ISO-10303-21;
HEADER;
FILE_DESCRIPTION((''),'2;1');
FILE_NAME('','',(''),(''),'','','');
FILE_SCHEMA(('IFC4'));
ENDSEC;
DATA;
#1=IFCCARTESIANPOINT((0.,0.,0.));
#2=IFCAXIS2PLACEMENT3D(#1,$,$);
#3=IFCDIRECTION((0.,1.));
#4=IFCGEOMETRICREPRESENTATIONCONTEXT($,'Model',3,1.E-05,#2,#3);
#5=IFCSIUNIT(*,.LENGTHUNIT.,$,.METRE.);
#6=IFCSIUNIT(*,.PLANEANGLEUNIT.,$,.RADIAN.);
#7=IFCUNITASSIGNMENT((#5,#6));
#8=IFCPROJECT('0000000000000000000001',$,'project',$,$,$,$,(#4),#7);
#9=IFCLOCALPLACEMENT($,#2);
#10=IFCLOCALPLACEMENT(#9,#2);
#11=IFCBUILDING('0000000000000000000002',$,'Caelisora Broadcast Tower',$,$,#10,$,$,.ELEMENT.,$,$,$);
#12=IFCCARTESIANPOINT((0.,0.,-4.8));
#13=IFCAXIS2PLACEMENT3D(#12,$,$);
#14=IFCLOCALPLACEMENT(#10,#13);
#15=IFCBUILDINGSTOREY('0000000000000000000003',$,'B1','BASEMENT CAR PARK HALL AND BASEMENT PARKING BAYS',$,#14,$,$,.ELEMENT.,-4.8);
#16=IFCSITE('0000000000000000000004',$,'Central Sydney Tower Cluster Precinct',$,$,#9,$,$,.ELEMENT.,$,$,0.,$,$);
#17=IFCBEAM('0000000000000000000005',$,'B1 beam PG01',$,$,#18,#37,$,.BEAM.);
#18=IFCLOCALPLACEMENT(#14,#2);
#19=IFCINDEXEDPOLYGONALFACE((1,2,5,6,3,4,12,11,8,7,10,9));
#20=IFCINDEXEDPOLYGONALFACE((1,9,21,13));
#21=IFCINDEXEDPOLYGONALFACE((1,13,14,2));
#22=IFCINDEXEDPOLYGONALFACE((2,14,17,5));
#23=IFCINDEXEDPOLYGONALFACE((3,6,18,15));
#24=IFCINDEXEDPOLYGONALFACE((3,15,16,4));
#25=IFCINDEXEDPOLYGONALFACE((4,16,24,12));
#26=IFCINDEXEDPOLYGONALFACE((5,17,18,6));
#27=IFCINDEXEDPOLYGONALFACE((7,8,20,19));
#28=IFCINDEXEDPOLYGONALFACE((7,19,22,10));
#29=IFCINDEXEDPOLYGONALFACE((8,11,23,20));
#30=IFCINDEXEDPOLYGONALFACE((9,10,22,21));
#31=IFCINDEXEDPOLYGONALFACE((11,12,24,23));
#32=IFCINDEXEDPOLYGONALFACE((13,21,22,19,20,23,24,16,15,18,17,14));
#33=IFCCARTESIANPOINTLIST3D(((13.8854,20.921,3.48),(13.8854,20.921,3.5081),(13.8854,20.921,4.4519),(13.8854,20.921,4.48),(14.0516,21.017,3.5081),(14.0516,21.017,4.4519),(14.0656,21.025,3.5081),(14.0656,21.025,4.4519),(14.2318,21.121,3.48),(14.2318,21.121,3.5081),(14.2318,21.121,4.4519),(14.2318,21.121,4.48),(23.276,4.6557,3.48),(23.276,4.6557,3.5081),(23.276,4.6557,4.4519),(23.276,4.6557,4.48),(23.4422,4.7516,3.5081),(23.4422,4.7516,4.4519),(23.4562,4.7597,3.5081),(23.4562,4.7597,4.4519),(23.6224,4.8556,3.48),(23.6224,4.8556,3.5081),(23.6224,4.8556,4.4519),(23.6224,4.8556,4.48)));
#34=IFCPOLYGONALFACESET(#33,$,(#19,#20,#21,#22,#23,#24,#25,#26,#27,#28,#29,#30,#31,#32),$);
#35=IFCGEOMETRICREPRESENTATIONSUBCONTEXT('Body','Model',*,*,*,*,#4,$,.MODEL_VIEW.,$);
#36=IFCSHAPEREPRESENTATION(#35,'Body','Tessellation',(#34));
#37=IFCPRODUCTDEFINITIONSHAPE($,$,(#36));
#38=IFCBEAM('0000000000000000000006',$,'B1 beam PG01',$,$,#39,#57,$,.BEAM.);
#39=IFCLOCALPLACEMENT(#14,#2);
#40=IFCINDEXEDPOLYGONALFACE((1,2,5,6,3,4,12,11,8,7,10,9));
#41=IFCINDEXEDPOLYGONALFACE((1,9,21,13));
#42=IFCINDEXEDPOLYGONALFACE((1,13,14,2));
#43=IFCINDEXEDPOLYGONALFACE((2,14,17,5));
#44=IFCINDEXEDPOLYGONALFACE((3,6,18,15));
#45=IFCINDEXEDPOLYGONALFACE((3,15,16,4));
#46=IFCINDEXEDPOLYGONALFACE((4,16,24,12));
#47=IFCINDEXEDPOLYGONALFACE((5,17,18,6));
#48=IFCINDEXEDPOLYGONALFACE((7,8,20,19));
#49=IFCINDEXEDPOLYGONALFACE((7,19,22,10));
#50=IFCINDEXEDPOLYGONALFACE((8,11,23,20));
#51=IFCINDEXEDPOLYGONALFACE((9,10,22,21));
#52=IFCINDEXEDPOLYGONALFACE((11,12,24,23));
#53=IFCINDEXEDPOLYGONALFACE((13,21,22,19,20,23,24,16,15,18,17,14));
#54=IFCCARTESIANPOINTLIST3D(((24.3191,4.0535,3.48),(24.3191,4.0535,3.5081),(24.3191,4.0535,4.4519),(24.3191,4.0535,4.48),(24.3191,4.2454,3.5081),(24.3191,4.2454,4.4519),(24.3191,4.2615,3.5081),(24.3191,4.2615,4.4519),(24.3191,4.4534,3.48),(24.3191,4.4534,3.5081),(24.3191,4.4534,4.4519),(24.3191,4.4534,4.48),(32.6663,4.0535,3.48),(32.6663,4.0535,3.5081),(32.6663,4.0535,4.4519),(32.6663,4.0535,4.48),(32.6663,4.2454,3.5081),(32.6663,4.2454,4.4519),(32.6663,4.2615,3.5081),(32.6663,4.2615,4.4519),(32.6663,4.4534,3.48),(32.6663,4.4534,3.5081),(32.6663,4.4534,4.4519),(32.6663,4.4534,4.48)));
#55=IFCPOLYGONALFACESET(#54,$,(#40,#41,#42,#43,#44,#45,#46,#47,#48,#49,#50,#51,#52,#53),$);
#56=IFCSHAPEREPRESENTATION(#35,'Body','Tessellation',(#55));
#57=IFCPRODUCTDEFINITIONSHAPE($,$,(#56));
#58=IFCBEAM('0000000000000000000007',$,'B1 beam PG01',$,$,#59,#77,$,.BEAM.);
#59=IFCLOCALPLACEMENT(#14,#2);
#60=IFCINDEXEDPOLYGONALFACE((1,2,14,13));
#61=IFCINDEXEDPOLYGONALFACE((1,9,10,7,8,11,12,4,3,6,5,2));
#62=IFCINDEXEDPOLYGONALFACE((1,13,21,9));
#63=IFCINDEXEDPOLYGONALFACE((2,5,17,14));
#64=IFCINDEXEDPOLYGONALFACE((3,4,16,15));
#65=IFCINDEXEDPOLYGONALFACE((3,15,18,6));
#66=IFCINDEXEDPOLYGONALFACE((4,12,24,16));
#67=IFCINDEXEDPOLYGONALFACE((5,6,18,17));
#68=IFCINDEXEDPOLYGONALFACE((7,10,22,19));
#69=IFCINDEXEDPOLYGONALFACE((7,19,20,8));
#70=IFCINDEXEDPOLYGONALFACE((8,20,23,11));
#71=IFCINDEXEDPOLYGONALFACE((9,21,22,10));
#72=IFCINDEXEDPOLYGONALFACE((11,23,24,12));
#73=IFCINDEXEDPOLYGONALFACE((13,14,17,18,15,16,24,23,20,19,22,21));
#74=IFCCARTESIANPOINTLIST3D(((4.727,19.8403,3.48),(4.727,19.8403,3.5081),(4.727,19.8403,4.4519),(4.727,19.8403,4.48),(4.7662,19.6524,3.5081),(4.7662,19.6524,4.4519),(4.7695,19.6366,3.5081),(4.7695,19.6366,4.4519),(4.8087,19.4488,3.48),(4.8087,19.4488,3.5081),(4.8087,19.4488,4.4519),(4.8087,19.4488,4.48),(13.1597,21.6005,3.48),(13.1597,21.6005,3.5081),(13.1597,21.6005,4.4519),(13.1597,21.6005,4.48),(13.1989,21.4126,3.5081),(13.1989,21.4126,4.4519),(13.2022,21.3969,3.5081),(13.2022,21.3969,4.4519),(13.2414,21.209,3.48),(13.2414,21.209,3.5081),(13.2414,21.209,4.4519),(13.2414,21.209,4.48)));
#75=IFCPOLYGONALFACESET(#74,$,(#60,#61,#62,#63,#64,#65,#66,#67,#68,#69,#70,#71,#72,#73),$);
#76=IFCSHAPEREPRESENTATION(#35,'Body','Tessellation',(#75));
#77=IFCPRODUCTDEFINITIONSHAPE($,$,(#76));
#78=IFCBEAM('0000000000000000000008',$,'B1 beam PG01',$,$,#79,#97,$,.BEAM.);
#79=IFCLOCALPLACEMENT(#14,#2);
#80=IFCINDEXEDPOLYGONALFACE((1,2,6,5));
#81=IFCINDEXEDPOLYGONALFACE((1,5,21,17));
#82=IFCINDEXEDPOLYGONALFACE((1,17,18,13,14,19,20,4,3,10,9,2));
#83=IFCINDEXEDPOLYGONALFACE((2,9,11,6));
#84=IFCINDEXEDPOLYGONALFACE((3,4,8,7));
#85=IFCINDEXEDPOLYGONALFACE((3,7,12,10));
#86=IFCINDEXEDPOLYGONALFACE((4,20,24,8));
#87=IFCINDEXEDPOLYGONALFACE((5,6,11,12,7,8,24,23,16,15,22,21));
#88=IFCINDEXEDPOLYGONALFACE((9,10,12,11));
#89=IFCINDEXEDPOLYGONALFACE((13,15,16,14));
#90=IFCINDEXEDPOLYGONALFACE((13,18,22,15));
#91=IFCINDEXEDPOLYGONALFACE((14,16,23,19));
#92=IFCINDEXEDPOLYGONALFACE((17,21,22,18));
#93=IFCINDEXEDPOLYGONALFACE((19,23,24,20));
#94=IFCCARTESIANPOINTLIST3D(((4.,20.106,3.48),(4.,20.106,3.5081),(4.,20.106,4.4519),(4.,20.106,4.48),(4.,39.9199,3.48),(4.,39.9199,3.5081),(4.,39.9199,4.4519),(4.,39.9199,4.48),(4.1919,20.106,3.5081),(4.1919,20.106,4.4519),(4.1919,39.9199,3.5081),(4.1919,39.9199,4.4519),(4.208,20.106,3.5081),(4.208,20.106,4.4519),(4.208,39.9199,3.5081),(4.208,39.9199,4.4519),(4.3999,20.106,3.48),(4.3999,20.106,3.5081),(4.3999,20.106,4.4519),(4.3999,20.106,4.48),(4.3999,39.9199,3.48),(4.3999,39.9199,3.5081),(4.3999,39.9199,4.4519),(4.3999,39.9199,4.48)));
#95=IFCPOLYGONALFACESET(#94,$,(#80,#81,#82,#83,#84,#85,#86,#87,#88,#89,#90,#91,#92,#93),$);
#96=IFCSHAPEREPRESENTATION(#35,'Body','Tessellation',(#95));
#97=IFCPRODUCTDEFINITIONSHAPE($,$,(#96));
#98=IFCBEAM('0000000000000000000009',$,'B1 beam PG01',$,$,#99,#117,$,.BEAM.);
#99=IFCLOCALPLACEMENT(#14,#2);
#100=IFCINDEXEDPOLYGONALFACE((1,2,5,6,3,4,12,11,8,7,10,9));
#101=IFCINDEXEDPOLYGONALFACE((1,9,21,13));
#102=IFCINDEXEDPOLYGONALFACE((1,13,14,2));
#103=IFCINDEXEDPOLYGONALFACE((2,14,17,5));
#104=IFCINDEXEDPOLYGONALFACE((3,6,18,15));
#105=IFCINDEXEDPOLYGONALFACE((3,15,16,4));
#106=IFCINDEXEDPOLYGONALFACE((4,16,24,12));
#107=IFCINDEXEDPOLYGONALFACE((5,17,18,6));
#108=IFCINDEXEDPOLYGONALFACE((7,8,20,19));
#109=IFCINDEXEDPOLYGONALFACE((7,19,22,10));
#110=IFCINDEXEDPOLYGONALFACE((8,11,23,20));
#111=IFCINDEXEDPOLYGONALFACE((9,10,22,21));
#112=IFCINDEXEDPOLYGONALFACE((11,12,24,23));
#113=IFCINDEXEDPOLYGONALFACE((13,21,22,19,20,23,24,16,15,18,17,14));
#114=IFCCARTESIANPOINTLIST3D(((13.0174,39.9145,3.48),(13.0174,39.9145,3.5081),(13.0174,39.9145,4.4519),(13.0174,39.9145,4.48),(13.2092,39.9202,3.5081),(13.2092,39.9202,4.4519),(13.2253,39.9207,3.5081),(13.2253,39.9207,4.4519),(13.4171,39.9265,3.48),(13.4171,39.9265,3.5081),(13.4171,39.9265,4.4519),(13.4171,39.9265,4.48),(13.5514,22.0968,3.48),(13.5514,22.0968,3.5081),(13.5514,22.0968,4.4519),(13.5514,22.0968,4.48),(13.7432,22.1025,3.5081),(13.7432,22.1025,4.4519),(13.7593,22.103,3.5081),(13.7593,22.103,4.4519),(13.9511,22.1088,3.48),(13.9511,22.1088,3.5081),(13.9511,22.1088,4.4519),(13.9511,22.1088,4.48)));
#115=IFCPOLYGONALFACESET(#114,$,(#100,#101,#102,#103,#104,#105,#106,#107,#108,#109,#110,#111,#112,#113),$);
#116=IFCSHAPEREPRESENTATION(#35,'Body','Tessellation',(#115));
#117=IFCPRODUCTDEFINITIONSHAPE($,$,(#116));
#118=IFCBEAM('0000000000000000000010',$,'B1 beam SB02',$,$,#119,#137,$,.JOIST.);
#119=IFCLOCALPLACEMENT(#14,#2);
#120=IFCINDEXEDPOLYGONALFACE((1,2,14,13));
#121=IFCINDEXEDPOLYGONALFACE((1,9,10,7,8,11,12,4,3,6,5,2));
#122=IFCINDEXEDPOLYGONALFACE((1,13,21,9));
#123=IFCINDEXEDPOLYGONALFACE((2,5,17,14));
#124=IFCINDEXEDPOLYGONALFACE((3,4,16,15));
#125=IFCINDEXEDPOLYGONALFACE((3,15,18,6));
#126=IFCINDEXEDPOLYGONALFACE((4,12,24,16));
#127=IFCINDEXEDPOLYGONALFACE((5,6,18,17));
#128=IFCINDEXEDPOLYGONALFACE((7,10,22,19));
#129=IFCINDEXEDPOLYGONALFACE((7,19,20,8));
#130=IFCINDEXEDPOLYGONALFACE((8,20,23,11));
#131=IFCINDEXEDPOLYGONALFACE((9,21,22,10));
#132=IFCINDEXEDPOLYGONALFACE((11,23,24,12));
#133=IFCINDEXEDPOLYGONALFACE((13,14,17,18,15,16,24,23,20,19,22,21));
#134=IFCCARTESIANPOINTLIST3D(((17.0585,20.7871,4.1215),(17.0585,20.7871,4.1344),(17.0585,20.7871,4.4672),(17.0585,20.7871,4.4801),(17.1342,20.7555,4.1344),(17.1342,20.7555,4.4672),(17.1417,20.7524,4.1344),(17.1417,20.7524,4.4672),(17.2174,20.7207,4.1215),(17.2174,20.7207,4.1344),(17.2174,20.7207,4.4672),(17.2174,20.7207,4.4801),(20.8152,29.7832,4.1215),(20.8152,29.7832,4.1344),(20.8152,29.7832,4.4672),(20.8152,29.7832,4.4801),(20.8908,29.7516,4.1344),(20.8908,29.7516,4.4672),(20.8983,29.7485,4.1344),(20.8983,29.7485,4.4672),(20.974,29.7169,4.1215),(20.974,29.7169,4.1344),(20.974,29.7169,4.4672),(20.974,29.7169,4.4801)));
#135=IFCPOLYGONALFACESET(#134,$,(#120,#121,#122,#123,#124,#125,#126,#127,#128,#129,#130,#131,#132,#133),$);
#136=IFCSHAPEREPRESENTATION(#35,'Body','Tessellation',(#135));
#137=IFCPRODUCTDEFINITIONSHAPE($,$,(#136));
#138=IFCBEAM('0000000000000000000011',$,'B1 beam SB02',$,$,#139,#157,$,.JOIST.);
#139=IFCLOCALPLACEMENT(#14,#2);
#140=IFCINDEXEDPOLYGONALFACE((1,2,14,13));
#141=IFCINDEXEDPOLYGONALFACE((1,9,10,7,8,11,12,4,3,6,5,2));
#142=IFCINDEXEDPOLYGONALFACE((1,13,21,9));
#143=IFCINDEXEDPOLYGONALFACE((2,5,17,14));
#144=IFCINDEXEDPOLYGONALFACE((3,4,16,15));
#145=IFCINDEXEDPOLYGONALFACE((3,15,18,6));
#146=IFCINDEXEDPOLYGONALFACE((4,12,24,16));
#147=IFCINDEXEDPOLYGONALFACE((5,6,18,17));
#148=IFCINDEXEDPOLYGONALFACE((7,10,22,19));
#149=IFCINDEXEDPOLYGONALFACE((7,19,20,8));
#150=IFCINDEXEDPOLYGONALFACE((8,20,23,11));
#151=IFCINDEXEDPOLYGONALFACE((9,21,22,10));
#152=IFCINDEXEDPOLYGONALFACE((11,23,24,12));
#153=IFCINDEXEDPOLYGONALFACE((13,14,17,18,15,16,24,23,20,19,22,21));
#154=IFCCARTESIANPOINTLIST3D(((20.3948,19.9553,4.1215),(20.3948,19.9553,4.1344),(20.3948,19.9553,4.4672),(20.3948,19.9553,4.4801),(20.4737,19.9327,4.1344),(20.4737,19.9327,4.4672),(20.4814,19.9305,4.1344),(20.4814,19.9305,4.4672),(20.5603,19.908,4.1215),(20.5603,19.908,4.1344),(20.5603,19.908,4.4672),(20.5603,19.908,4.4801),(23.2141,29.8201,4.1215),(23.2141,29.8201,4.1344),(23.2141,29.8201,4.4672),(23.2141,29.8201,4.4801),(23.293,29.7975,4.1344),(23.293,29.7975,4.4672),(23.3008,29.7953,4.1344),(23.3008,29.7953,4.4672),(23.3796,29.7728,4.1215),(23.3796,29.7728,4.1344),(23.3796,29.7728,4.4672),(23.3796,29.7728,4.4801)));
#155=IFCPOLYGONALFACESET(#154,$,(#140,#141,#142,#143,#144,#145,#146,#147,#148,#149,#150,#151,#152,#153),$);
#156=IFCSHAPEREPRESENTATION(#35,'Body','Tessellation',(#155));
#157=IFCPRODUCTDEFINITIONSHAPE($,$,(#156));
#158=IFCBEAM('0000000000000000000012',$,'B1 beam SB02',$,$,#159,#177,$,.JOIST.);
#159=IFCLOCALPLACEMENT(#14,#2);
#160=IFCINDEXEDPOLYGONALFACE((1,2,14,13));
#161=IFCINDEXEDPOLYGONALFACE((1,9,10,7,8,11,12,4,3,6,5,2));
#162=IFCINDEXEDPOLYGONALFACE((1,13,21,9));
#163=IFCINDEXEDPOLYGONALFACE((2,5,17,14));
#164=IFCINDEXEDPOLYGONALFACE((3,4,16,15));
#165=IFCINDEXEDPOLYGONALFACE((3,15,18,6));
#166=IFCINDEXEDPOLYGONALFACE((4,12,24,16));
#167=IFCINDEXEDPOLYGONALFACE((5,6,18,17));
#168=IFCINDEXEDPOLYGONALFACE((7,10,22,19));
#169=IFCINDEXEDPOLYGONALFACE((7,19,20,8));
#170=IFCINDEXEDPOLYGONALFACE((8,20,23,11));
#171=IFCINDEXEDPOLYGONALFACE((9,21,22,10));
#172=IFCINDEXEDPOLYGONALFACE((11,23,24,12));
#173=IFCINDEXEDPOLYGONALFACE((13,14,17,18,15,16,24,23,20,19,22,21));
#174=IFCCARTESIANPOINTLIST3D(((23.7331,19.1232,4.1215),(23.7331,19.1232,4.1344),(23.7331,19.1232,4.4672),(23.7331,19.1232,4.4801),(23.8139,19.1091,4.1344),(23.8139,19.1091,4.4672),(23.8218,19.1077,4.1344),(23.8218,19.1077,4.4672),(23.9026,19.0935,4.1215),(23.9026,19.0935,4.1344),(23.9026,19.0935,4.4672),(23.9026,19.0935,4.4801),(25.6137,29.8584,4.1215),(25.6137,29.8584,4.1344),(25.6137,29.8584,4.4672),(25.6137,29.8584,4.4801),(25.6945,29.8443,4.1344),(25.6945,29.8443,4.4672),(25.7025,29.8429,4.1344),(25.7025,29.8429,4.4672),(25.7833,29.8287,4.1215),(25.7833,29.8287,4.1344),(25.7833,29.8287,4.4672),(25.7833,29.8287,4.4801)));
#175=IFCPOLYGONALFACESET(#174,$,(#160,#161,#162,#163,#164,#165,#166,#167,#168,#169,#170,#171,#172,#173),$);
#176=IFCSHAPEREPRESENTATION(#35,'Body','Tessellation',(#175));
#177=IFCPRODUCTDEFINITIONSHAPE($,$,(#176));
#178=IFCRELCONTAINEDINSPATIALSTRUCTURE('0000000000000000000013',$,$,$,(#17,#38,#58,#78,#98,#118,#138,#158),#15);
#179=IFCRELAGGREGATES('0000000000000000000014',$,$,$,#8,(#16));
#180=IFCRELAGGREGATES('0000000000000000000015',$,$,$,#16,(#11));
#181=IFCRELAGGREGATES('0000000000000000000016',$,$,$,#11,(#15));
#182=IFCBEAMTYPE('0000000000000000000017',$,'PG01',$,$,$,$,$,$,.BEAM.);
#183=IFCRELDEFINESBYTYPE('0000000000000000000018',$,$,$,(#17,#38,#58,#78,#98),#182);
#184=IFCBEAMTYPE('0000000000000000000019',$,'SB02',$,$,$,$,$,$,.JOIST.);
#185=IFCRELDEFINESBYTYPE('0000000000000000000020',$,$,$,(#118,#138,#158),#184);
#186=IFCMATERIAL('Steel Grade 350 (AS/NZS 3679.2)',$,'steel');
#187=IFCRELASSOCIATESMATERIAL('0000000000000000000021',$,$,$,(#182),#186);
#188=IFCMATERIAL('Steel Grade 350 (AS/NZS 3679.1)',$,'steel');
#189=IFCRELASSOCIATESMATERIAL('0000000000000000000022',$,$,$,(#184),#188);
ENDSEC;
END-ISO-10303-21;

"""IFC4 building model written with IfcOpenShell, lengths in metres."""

from ifc_helpers import new_model, si_unit, direction, frame, origin, origin_2d, place, context, subcontext, project, spatial, i_section, extrude, source, transform, mapped, material, material_profile, profile_set, type_object, type_shapes, element, save


model = new_model("IFC4")

# Units and contexts
model_context = context("Model", 3, precision=1e-05, world=origin(), true_north=direction((0.0, 1.0)))
body_context = subcontext(model_context, "Body", "Model", "MODEL_VIEW")
ifc_project = project(units=[si_unit("LENGTHUNIT", "METRE"), si_unit("PLANEANGLEUNIT", "RADIAN")], contexts=[model_context])

# Site, building, storey
site_placement = place(None, origin())
site = spatial("IfcSite", under=ifc_project, at=site_placement, Name="Central Sydney Tower Cluster Precinct", CompositionType="ELEMENT", RefElevation=0.0)
building_placement = place(site_placement, origin())
building = spatial("IfcBuilding", under=site, at=building_placement, Name="Caelisora Broadcast Tower", CompositionType="ELEMENT")
storey_placement = place(building_placement, frame((0.0, 0.0, -4.8)))
storey = spatial("IfcBuildingStorey", under=building, at=storey_placement, Name="B1", Description="BASEMENT CAR PARK HALL AND BASEMENT PARKING BAYS", CompositionType="ELEMENT", Elevation=-4.8)

# Beams
ifc_material_1 = material(Name="Steel Grade 350 (AS/NZS 3679.2)", Category="steel")
ifc_material_profile_1 = material_profile(ifc_material_1, i_section(OverallWidth=0.3999, OverallDepth=1.0, WebThickness=0.0161, FlangeThickness=0.0281, at=origin_2d()), Name="Steel Grade 350 (AS/NZS 3679.2)")
ifc_profile_set_1 = profile_set([ifc_material_profile_1], Name="Steel Grade 350 (AS/NZS 3679.2)")
beam_type_1 = type_object("IfcBeamType", Name="PG01", PredefinedType="BEAM", material=ifc_profile_set_1)
shared_shape_1 = source(origin(), body_context, "Body", "SweptSolid", [
    extrude(i_section(OverallWidth=0.3999, OverallDepth=1.0, WebThickness=0.0161, FlangeThickness=0.0281, at=origin_2d()), origin(), (0.0, 0.0, 1.0), 18.7815),
])
beam_1_placement = place(storey_placement, frame((14.0586, 21.021, 3.98), z_axis=(0.499992, -0.86603, 0.0), x_axis=(0.86603, 0.499992, 0.0)))
element("IfcBeam", 1, at=beam_1_placement, inside=storey, type_object=beam_type_1, Name="B1 beam PG01", PredefinedType="BEAM", context=body_context, shape_type="MappedRepresentation", body=[
    mapped(shared_shape_1, transform((0.0, 0.0, 0.0), scale=1.0)),
])
shared_shape_2 = source(origin(), body_context, "Body", "SweptSolid", [
    extrude(i_section(OverallWidth=0.3999, OverallDepth=1.0, WebThickness=0.0161, FlangeThickness=0.0281, at=origin_2d()), origin(), (0.0, 0.0, 1.0), 8.3472),
])
beam_2_placement = place(storey_placement, frame((24.3191, 4.2534, 3.98), z_axis=(1.0, 0.0, 0.0), x_axis=(0.0, 1.0, 0.0)))
element("IfcBeam", 2, at=beam_2_placement, inside=storey, type_object=beam_type_1, Name="B1 beam PG01", PredefinedType="BEAM", context=body_context, shape_type="MappedRepresentation", body=[
    mapped(shared_shape_2, transform((0.0, 0.0, 0.0), scale=1.0)),
])
shared_shape_3 = source(origin(), body_context, "Body", "SweptSolid", [
    extrude(i_section(OverallWidth=0.3999, OverallDepth=1.0, WebThickness=0.0161, FlangeThickness=0.0281, at=origin_2d()), origin(), (0.0, 0.0, 1.0), 8.6145),
])
beam_3_placement = place(storey_placement, frame((4.7678, 19.6445, 3.98), z_axis=(0.978901, 0.204333, 0.0), x_axis=(-0.204333, 0.978901, 0.0)))
element("IfcBeam", 3, at=beam_3_placement, inside=storey, type_object=beam_type_1, Name="B1 beam PG01", PredefinedType="BEAM", context=body_context, shape_type="MappedRepresentation", body=[
    mapped(shared_shape_3, transform((0.0, 0.0, 0.0), scale=1.0)),
])
shared_shape_4 = source(origin(), body_context, "Body", "SweptSolid", [
    extrude(i_section(OverallWidth=0.3999, OverallDepth=1.0, WebThickness=0.0161, FlangeThickness=0.0281, at=origin_2d()), origin(), (0.0, 0.0, 1.0), 19.814),
])
beam_4_placement = place(storey_placement, frame((4.2, 20.106, 3.98), z_axis=(0.0, 1.0, 0.0), x_axis=(-1.0, 0.0, 0.0)))
element("IfcBeam", 4, at=beam_4_placement, inside=storey, type_object=beam_type_1, Name="B1 beam PG01", PredefinedType="BEAM", context=body_context, shape_type="MappedRepresentation", body=[
    mapped(shared_shape_4, transform((0.0, 0.0, 0.0), scale=1.0)),
])
shared_shape_5 = source(origin(), body_context, "Body", "SweptSolid", [
    extrude(i_section(OverallWidth=0.3999, OverallDepth=1.0, WebThickness=0.0161, FlangeThickness=0.0281, at=origin_2d()), origin(), (0.0, 0.0, 1.0), 17.8257),
])
type_shapes(beam_type_1, [shared_shape_1, shared_shape_2, shared_shape_3, shared_shape_4, shared_shape_5])
beam_5_placement = place(storey_placement, frame((13.7512, 22.1028, 3.98), z_axis=(-0.029953, 0.999551, 0.0), x_axis=(-0.999551, -0.029953, 0.0)))
element("IfcBeam", 5, at=beam_5_placement, inside=storey, type_object=beam_type_1, Name="B1 beam PG01", PredefinedType="BEAM", context=body_context, shape_type="MappedRepresentation", body=[
    mapped(shared_shape_5, transform((0.0, 0.0, 0.0), scale=1.0)),
])
ifc_material_2 = material(Name="Steel Grade 350 (AS/NZS 3679.1)", Category="steel")
ifc_material_profile_2 = material_profile(ifc_material_2, i_section(OverallWidth=0.1721, OverallDepth=0.3586, WebThickness=0.0081, FlangeThickness=0.0129, at=origin_2d()), Name="Steel Grade 350 (AS/NZS 3679.1)")
ifc_profile_set_2 = profile_set([ifc_material_profile_2], Name="Steel Grade 350 (AS/NZS 3679.1)")
beam_type_2 = type_object("IfcBeamType", Name="SB02", PredefinedType="JOIST", material=ifc_profile_set_2)
shared_shape_6 = source(origin(), body_context, "Body", "SweptSolid", [
    extrude(i_section(OverallWidth=0.1721, OverallDepth=0.3586, WebThickness=0.0081, FlangeThickness=0.0129, at=origin_2d()), origin(), (0.0, 0.0, 1.0), 9.749),
])
beam_6_placement = place(storey_placement, frame((17.1379, 20.7539, 4.3008), z_axis=(0.385334, 0.922777, 0.0), x_axis=(-0.922777, 0.385334, 0.0)))
element("IfcBeam", 6, at=beam_6_placement, inside=storey, type_object=beam_type_2, Name="B1 beam SB02", PredefinedType="JOIST", context=body_context, shape_type="MappedRepresentation", body=[
    mapped(shared_shape_6, transform((0.0, 0.0, 0.0), scale=1.0)),
])
shared_shape_7 = source(origin(), body_context, "Body", "SweptSolid", [
    extrude(i_section(OverallWidth=0.1721, OverallDepth=0.3586, WebThickness=0.0081, FlangeThickness=0.0129, at=origin_2d()), origin(), (0.0, 0.0, 1.0), 10.2598),
])
beam_7_placement = place(storey_placement, frame((20.4775, 19.9316, 4.3008), z_axis=(0.274797, 0.961502, 0.0), x_axis=(-0.961502, 0.274797, 0.0)))
element("IfcBeam", 7, at=beam_7_placement, inside=storey, type_object=beam_type_2, Name="B1 beam SB02", PredefinedType="JOIST", context=body_context, shape_type="MappedRepresentation", body=[
    mapped(shared_shape_7, transform((0.0, 0.0, 0.0), scale=1.0)),
])
shared_shape_8 = source(origin(), body_context, "Body", "SweptSolid", [
    extrude(i_section(OverallWidth=0.1721, OverallDepth=0.3586, WebThickness=0.0081, FlangeThickness=0.0129, at=origin_2d()), origin(), (0.0, 0.0, 1.0), 10.8987),
])
type_shapes(beam_type_2, [shared_shape_6, shared_shape_7, shared_shape_8])
beam_8_placement = place(storey_placement, frame((23.8179, 19.1084, 4.3008), z_axis=(0.172556, 0.985, 0.0), x_axis=(-0.985, 0.172556, 0.0)))
element("IfcBeam", 8, at=beam_8_placement, inside=storey, type_object=beam_type_2, Name="B1 beam SB02", PredefinedType="JOIST", context=body_context, shape_type="MappedRepresentation", body=[
    mapped(shared_shape_8, transform((0.0, 0.0, 0.0), scale=1.0)),
])

save(model, "model.ifc")
